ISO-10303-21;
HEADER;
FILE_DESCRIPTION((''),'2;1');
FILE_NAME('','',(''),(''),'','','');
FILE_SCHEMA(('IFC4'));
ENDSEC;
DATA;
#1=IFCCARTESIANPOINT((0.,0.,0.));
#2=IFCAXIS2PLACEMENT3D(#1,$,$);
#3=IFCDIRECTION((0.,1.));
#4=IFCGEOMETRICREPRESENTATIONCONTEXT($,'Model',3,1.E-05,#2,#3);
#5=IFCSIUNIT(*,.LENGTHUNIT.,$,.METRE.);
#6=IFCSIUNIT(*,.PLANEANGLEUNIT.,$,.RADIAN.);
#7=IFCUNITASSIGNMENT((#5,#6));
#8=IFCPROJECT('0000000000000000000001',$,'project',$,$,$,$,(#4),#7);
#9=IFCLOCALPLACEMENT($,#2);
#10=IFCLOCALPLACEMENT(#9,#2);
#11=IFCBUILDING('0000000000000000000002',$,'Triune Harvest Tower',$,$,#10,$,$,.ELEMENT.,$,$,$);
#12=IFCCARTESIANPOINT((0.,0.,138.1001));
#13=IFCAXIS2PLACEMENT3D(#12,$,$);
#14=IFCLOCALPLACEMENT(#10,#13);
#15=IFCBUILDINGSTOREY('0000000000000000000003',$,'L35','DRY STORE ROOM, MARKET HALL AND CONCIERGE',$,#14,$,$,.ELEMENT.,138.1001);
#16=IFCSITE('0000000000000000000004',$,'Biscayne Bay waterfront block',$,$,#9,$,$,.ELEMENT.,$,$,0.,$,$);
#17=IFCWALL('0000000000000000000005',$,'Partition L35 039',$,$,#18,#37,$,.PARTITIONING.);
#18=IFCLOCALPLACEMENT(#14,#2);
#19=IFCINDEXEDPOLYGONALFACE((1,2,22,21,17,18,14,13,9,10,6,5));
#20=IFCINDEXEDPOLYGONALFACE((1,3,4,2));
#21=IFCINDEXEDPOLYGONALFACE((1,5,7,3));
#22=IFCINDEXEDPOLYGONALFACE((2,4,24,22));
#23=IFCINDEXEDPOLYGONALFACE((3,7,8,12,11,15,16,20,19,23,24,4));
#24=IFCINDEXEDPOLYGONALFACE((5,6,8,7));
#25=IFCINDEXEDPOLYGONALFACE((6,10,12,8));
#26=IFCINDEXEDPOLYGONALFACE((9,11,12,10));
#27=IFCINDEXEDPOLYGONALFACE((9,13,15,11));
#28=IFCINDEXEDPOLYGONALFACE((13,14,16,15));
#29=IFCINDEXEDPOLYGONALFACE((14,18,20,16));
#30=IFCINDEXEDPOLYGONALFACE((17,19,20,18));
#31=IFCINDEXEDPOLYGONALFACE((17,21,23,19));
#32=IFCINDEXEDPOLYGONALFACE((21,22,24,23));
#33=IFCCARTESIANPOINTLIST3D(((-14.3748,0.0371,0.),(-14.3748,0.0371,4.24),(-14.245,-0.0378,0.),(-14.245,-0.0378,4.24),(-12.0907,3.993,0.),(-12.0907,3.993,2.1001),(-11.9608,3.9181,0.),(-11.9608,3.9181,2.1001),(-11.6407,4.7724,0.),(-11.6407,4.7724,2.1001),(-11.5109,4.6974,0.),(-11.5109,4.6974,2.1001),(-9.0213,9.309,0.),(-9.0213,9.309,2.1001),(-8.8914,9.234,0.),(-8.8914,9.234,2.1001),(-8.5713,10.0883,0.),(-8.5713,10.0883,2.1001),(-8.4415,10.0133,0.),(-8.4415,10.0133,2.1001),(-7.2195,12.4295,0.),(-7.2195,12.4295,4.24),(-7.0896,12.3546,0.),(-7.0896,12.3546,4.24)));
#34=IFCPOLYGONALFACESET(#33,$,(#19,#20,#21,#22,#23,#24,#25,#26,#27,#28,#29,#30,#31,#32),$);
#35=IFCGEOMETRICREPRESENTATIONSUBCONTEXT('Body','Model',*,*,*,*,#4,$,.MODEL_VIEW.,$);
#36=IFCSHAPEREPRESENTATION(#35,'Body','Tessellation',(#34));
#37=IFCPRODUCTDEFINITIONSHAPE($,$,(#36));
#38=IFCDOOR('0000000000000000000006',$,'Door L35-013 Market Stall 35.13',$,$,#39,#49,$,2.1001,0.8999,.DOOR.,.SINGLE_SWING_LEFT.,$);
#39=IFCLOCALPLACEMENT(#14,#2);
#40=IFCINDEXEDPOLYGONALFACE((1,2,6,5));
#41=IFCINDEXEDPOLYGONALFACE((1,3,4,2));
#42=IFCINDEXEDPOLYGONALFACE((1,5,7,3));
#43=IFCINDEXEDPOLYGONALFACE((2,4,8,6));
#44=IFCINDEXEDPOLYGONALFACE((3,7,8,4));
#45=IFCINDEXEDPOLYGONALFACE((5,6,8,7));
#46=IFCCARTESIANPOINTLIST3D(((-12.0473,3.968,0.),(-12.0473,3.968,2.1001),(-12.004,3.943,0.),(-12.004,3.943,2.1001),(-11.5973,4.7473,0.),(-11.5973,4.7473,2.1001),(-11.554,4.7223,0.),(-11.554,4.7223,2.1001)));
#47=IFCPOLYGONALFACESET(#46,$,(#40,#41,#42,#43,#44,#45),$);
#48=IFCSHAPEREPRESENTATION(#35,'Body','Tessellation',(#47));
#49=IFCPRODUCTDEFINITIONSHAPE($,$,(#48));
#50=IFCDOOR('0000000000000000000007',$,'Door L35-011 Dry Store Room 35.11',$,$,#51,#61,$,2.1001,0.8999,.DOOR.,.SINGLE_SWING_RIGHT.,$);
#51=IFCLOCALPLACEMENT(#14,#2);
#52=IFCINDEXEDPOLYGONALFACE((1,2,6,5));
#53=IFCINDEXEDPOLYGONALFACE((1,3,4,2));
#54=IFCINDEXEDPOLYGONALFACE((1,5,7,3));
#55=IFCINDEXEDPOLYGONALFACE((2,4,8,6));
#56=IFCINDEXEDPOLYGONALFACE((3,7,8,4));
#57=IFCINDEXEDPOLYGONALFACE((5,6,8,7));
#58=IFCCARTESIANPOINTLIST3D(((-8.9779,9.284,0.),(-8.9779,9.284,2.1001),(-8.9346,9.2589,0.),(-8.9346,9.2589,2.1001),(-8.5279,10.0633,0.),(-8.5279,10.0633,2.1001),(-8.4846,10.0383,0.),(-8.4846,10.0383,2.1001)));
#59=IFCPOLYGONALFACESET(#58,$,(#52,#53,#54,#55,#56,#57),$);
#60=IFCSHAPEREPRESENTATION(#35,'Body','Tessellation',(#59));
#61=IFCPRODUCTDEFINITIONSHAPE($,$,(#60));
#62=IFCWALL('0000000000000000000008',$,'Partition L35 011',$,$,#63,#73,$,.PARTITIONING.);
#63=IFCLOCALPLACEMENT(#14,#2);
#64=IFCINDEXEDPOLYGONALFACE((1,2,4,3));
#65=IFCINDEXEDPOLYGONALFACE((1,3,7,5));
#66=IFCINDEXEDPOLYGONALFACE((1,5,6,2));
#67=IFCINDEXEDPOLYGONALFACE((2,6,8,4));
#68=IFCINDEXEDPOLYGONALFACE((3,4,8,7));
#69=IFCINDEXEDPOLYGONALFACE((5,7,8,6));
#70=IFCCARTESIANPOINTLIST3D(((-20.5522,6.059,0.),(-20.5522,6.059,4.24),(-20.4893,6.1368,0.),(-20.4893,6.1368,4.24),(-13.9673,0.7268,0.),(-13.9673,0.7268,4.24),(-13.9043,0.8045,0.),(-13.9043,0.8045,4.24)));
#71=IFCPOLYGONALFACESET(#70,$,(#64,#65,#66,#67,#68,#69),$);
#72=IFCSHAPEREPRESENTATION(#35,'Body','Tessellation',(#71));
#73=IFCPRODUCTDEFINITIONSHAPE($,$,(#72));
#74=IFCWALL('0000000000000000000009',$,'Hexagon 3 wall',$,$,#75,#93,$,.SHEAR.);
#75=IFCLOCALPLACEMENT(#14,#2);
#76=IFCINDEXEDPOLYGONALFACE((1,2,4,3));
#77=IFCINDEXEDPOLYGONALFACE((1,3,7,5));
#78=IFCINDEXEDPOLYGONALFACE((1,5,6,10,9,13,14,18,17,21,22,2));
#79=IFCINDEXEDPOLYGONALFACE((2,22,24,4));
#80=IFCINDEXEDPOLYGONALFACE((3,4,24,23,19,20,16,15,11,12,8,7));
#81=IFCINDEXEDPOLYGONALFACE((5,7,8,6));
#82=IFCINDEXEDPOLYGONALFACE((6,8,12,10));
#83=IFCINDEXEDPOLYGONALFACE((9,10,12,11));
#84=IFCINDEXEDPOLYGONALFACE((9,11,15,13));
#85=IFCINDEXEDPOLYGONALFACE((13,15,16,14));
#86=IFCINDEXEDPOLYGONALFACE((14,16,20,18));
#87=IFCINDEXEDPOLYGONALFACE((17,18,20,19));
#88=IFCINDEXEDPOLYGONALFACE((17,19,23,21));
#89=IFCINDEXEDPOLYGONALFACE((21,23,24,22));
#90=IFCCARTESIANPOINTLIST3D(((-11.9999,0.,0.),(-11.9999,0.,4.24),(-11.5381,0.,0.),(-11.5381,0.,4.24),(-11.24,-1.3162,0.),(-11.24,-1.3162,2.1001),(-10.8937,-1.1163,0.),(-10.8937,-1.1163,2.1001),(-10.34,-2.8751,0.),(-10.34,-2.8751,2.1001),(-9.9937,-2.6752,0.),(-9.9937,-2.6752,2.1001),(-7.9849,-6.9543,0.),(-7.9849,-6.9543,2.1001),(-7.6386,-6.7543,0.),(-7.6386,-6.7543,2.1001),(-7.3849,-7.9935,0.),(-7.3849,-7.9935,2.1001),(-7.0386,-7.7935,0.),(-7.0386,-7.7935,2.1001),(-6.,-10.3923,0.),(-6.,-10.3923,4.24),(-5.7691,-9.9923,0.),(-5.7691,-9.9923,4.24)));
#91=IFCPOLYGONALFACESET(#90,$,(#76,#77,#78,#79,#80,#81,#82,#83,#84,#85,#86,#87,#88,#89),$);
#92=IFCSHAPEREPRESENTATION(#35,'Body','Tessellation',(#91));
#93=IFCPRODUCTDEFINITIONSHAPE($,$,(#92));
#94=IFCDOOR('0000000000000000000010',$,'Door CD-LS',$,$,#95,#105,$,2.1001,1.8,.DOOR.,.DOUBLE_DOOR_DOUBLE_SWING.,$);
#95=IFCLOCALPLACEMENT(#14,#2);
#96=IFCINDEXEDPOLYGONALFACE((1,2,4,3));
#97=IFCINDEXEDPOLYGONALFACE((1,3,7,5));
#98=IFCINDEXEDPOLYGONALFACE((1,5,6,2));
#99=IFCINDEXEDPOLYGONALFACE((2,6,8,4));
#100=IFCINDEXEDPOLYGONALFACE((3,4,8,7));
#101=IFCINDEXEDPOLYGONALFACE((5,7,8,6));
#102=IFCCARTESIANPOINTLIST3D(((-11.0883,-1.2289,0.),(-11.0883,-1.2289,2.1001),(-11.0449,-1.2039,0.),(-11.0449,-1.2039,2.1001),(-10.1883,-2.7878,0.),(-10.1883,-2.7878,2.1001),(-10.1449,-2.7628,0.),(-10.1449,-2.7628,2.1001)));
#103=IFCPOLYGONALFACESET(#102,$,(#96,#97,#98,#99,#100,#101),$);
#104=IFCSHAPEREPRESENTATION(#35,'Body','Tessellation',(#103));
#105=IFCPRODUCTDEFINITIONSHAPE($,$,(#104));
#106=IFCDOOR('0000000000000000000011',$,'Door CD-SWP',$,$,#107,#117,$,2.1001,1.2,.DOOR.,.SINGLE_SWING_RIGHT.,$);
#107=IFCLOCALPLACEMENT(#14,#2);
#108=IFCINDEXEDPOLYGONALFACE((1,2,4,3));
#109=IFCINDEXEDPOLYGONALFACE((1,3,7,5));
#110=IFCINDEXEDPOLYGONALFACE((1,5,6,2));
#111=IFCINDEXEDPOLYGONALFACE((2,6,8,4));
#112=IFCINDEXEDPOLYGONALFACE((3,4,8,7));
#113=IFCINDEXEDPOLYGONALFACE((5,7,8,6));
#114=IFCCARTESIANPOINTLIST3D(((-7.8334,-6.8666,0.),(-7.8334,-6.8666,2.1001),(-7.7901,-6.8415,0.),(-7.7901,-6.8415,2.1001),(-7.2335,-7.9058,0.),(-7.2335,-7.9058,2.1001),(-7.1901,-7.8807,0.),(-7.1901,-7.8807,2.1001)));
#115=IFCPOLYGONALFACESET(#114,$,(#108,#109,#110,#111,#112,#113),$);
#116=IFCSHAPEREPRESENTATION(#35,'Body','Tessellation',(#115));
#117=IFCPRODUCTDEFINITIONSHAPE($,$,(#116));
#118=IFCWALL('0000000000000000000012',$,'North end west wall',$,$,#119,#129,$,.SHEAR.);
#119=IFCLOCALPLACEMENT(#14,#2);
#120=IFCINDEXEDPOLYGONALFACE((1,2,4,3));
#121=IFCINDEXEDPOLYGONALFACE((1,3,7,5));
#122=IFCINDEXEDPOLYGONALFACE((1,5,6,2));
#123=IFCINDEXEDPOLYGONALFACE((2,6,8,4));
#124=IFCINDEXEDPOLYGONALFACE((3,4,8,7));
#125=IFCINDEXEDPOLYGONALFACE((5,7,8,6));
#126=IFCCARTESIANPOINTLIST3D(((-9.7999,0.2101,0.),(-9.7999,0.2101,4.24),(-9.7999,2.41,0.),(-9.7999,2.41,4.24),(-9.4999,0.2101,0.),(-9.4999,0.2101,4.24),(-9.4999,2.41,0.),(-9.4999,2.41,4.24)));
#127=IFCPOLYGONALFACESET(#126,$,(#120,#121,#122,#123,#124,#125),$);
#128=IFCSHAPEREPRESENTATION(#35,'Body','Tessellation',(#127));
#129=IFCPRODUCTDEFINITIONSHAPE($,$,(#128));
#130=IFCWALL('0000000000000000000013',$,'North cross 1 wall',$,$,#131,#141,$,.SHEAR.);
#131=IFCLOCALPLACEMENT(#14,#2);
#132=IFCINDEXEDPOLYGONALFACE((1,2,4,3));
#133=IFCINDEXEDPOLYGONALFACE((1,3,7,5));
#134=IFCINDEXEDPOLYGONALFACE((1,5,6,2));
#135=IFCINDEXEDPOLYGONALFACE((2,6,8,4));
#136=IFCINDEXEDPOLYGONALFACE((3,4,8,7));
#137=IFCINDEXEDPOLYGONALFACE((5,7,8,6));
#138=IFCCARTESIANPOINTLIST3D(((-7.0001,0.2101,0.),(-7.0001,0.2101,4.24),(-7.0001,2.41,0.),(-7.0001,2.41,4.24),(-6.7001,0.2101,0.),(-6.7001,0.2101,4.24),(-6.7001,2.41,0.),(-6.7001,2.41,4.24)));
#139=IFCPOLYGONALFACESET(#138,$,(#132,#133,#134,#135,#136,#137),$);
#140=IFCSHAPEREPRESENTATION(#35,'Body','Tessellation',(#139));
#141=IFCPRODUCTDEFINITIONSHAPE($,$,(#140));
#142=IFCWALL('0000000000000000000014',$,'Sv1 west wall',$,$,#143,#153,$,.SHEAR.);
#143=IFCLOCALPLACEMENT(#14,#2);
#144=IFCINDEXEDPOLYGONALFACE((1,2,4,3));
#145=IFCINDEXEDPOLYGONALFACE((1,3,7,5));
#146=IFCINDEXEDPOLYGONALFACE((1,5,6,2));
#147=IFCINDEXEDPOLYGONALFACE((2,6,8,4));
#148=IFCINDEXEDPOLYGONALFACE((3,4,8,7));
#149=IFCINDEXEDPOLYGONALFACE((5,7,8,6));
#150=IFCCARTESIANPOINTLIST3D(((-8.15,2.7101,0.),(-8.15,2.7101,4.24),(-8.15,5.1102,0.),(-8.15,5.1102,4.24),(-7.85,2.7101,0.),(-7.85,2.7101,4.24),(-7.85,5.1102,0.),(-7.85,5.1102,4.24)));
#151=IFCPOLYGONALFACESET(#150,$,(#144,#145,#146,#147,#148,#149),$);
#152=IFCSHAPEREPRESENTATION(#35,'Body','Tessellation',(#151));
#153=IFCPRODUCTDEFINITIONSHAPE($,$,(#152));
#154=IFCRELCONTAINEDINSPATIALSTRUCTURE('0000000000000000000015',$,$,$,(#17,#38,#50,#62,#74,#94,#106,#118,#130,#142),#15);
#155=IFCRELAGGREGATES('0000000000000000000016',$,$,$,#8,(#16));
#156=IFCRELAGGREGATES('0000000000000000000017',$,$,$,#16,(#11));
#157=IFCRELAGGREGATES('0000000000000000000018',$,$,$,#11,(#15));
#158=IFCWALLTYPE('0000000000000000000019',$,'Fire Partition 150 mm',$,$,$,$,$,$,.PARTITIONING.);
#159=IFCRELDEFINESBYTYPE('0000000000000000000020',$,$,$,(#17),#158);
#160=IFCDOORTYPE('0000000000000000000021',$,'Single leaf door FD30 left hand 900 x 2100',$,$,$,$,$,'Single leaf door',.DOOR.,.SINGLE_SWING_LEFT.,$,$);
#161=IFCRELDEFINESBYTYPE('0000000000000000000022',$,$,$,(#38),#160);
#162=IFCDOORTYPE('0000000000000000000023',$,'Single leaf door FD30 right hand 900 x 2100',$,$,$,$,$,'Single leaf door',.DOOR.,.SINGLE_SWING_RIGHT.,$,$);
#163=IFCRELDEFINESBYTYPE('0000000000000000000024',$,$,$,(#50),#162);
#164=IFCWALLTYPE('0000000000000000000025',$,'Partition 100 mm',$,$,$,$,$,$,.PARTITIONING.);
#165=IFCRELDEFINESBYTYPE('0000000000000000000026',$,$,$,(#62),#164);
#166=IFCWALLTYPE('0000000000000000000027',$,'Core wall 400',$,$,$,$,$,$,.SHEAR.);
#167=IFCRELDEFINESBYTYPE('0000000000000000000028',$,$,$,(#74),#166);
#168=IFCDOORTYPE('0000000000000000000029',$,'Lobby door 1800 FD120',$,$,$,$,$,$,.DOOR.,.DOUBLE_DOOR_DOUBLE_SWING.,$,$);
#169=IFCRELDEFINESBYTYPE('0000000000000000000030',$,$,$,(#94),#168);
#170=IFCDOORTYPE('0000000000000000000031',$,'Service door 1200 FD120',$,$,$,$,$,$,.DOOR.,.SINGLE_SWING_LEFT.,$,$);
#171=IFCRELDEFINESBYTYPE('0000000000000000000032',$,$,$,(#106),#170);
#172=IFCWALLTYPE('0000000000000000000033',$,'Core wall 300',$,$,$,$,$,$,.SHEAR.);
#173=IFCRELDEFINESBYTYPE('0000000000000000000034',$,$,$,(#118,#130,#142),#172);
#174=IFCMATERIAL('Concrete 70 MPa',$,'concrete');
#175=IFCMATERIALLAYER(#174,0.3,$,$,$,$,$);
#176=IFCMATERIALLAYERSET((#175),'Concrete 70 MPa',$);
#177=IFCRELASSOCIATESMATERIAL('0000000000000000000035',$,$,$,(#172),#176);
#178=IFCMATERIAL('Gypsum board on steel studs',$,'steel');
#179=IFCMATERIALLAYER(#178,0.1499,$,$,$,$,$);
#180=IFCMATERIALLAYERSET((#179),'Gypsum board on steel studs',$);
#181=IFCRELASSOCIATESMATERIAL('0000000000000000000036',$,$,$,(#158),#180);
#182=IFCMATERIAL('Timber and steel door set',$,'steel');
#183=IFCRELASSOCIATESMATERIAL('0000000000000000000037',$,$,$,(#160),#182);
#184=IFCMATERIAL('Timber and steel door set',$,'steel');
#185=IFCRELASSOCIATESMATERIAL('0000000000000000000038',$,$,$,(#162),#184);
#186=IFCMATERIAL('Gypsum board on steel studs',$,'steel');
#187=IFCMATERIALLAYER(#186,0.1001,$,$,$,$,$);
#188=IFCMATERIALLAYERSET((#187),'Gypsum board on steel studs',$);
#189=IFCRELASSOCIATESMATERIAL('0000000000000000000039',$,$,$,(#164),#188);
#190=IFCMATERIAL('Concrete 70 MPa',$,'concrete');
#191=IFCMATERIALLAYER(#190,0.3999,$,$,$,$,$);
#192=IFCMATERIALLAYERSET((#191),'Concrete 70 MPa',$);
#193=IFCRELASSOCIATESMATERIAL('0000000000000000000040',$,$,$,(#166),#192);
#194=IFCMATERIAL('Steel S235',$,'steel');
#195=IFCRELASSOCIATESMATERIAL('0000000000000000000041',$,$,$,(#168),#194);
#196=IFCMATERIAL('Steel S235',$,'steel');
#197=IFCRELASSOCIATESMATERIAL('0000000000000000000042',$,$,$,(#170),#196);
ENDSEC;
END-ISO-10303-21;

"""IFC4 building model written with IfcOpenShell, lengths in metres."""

from ifc_helpers import new_model, si_unit, direction, frame, frame_2d, origin, place, context, subcontext, project, spatial, polyline, rectangle, outline, extrude, source, transform, mapped, material, layer, layer_set, type_object, element, fill, save


model = new_model("IFC4")

# Units and contexts
model_context = context("Model", 3, precision=1e-05, world=origin(), true_north=direction((0.0, 1.0)))
body_context = subcontext(model_context, "Body", "Model", "MODEL_VIEW")
ifc_project = project(units=[si_unit("LENGTHUNIT", "METRE"), si_unit("PLANEANGLEUNIT", "RADIAN")], contexts=[model_context])

# Site, building, storey
site_placement = place(None, origin())
site = spatial("IfcSite", under=ifc_project, at=site_placement, Name="Biscayne Bay waterfront block", CompositionType="ELEMENT", RefElevation=0.0)
building_placement = place(site_placement, origin())
building = spatial("IfcBuilding", under=site, at=building_placement, Name="Triune Harvest Tower", CompositionType="ELEMENT")
storey_placement = place(building_placement, frame((0.0, 0.0, 138.1001)))
storey = spatial("IfcBuildingStorey", under=building, at=storey_placement, Name="L35", Description="DRY STORE ROOM, MARKET HALL AND CONCIERGE", CompositionType="ELEMENT", Elevation=138.1001)

# Shared definitions
ifc_material_1 = material(Name="Concrete 70 MPa", Category="concrete")
ifc_layer_1 = layer(ifc_material_1, 0.3)
ifc_layer_set_1 = layer_set([ifc_layer_1], Name="Concrete 70 MPa")
wall_type_1 = type_object("IfcWallType", Name="Core wall 300", PredefinedType="SHEAR", material=ifc_layer_set_1)

# Shared definitions
ifc_material_2 = material(Name="Gypsum board on steel studs", Category="steel")
ifc_layer_2 = layer(ifc_material_2, 0.1499)
ifc_layer_set_2 = layer_set([ifc_layer_2], Name="Gypsum board on steel studs")
wall_type_2 = type_object("IfcWallType", Name="Fire Partition 150 mm", PredefinedType="PARTITIONING", material=ifc_layer_set_2)
ifc_material_3 = material(Name="Timber and steel door set", Category="steel")
door_type_1 = type_object("IfcDoorType", Name="Single leaf door FD30 left hand 900 x 2100", ElementType="Single leaf door", OperationType="SINGLE_SWING_LEFT", PredefinedType="DOOR", material=ifc_material_3)

# Wall, openings, doors
wall_1_placement = place(storey_placement, frame((-14.3098, -0.0002, 0.0), z_axis=(0.0, 0.0, 1.0), x_axis=(0.500029, 0.866009, 0.0)))
wall_1 = element("IfcWall", 1, at=wall_1_placement, inside=storey, type_object=wall_type_2, Name="Partition L35 039", PredefinedType="PARTITIONING", context=body_context, shape_type="SweptSolid", body=[
    extrude(rectangle(XDim=14.3098, YDim=0.1499, at=frame_2d((7.1548, 0.0))), origin(), (0.0, 0.0, 1.0), 4.24),
])
opening_1_placement = place(wall_1_placement, frame((10.7063, 0.0, 0.0)))
opening_1 = element("IfcOpeningElement", 2, at=opening_1_placement, cuts=wall_1, PredefinedType="OPENING", context=body_context, shape_type="SweptSolid", body=[
    extrude(rectangle(XDim=0.8999, YDim=2.1001, at=frame_2d((0.45, 1.05))), frame((0.0, 0.085, 0.0), z_axis=(0.0, -1.0, 0.0), x_axis=(1.0, 0.0, 0.0)), (0.0, 0.0, 1.0), 0.1699),
])
opening_2_placement = place(wall_1_placement, frame((4.5679, 0.0, 0.0)))
opening_2 = element("IfcOpeningElement", 3, at=opening_2_placement, cuts=wall_1, PredefinedType="OPENING", context=body_context, shape_type="SweptSolid", body=[
    extrude(rectangle(XDim=0.8999, YDim=2.1001, at=frame_2d((0.45, 1.05))), frame((0.0, 0.085, 0.0), z_axis=(0.0, -1.0, 0.0), x_axis=(1.0, 0.0, 0.0)), (0.0, 0.0, 1.0), 0.1699),
])
door_1_placement = place(opening_2_placement, origin())
door_1 = element("IfcDoor", 4, at=door_1_placement, inside=storey, type_object=door_type_1, Name="Door L35-013 Market Stall 35.13", OperationType="SINGLE_SWING_LEFT", OverallHeight=2.1001, OverallWidth=0.8999, PredefinedType="DOOR", context=body_context, shape_type="SweptSolid", body=[
    extrude(rectangle(XDim=0.8999, YDim=2.1001, at=frame_2d((0.45, 1.05))), frame((0.0, 0.0249, 0.0), z_axis=(0.0, -1.0, 0.0), x_axis=(1.0, 0.0, 0.0)), (0.0, 0.0, 1.0), 0.05),
])
fill(opening_2, door_1)
ifc_material_4 = material(Name="Timber and steel door set", Category="steel")
door_type_2 = type_object("IfcDoorType", Name="Single leaf door FD30 right hand 900 x 2100", ElementType="Single leaf door", OperationType="SINGLE_SWING_RIGHT", PredefinedType="DOOR", material=ifc_material_4)
door_2_placement = place(opening_1_placement, origin())
door_2 = element("IfcDoor", 5, at=door_2_placement, inside=storey, type_object=door_type_2, Name="Door L35-011 Dry Store Room 35.11", OperationType="SINGLE_SWING_RIGHT", OverallHeight=2.1001, OverallWidth=0.8999, PredefinedType="DOOR", context=body_context, shape_type="SweptSolid", body=[
    extrude(rectangle(XDim=0.8999, YDim=2.1001, at=frame_2d((0.45, 1.05))), frame((0.0, 0.0249, 0.0), z_axis=(0.0, -1.0, 0.0), x_axis=(1.0, 0.0, 0.0)), (0.0, 0.0, 1.0), 0.05),
])
fill(opening_1, door_2)

# Wall
ifc_material_5 = material(Name="Gypsum board on steel studs", Category="steel")
ifc_layer_3 = layer(ifc_material_5, 0.1001)
ifc_layer_set_3 = layer_set([ifc_layer_3], Name="Gypsum board on steel studs")
wall_type_3 = type_object("IfcWallType", Name="Partition 100 mm", PredefinedType="PARTITIONING", material=ifc_layer_set_3)
wall_2_placement = place(storey_placement, frame((-20.5208, 6.0979, 0.0), z_axis=(0.0, 0.0, 1.0), x_axis=(0.777153, -0.629312, 0.0)))
element("IfcWall", 6, at=wall_2_placement, inside=storey, type_object=wall_type_3, Name="Partition L35 011", PredefinedType="PARTITIONING", context=body_context, shape_type="SweptSolid", body=[
    extrude(rectangle(XDim=8.4731, YDim=0.1001, at=frame_2d((4.2366, 0.0))), origin(), (0.0, 0.0, 1.0), 4.24),
])

# Wall, openings, doors
ifc_material_6 = material(Name="Concrete 70 MPa", Category="concrete")
ifc_layer_4 = layer(ifc_material_6, 0.3999)
ifc_layer_set_4 = layer_set([ifc_layer_4], Name="Concrete 70 MPa")
wall_type_4 = type_object("IfcWallType", Name="Core wall 400", PredefinedType="SHEAR", material=ifc_layer_set_4)
shared_shape_1 = source(origin(), body_context, "Body", "SweptSolid", [
    extrude(outline(polyline([(-0.1155, -0.2), (11.8845, -0.2), (11.6536, 0.2), (0.1155, 0.2), (-0.1155, -0.2)])), origin(), (0.0, 0.0, 1.0), 4.24),
])
wall_3_placement = place(storey_placement, frame((-11.769, 0.0, 0.0), z_axis=(0.0, 0.0, 1.0), x_axis=(0.499997, -0.866027, 0.0)))
wall_3 = element("IfcWall", 7, at=wall_3_placement, inside=storey, type_object=wall_type_4, Name="Hexagon 3 wall", PredefinedType="SHEAR", context=body_context, shape_type="MappedRepresentation", body=[
    mapped(shared_shape_1, transform((0.0, 0.0, 0.0), scale=1.0)),
])
opening_3_placement = place(wall_3_placement, frame((1.4045, 0.0, 0.0)))
opening_3 = element("IfcOpeningElement", 8, at=opening_3_placement, cuts=wall_3, PredefinedType="OPENING", context=body_context, shape_type="SweptSolid", body=[
    extrude(rectangle(XDim=1.8, YDim=2.1001, at=frame_2d((0.8999, 1.05))), frame((0.0, 0.21, 0.0), z_axis=(0.0, -1.0, 0.0), x_axis=(1.0, 0.0, 0.0)), (0.0, 0.0, 1.0), 0.4199),
])
opening_4_placement = place(wall_3_placement, frame((7.9146, 0.0, 0.0)))
opening_4 = element("IfcOpeningElement", 9, at=opening_4_placement, cuts=wall_3, PredefinedType="OPENING", context=body_context, shape_type="SweptSolid", body=[
    extrude(rectangle(XDim=1.2, YDim=2.1001, at=frame_2d((0.6001, 1.05))), frame((0.0, 0.21, 0.0), z_axis=(0.0, -1.0, 0.0), x_axis=(1.0, 0.0, 0.0)), (0.0, 0.0, 1.0), 0.4199),
])
ifc_material_7 = material(Name="Steel S235", Category="steel")
door_type_3 = type_object("IfcDoorType", Name="Lobby door 1800 FD120", OperationType="DOUBLE_DOOR_DOUBLE_SWING", PredefinedType="DOOR", material=ifc_material_7)
door_3_placement = place(opening_3_placement, frame((1.8, 0.0, 0.0), z_axis=(0.0, 0.0, 1.0), x_axis=(-1.0, 0.0, 0.0)))
door_3 = element("IfcDoor", 10, at=door_3_placement, inside=storey, type_object=door_type_3, Name="Door CD-LS", OperationType="DOUBLE_DOOR_DOUBLE_SWING", OverallHeight=2.1001, OverallWidth=1.8, PredefinedType="DOOR", context=body_context, shape_type="SweptSolid", body=[
    extrude(rectangle(XDim=1.8, YDim=2.1001, at=frame_2d((0.8999, 1.05))), frame((0.0, 0.0249, 0.0), z_axis=(0.0, -1.0, 0.0), x_axis=(1.0, 0.0, 0.0)), (0.0, 0.0, 1.0), 0.05),
])
fill(opening_3, door_3)
ifc_material_8 = material(Name="Steel S235", Category="steel")
door_type_4 = type_object("IfcDoorType", Name="Service door 1200 FD120", OperationType="SINGLE_SWING_LEFT", PredefinedType="DOOR", material=ifc_material_8)
door_4_placement = place(opening_4_placement, frame((1.2, 0.0, 0.0), z_axis=(0.0, 0.0, 1.0), x_axis=(-1.0, 0.0, 0.0)))
door_4 = element("IfcDoor", 11, at=door_4_placement, inside=storey, type_object=door_type_4, Name="Door CD-SWP", OperationType="SINGLE_SWING_RIGHT", OverallHeight=2.1001, OverallWidth=1.2, PredefinedType="DOOR", context=body_context, shape_type="SweptSolid", body=[
    extrude(rectangle(XDim=1.2, YDim=2.1001, at=frame_2d((0.6001, 1.05))), frame((0.0, 0.0249, 0.0), z_axis=(0.0, -1.0, 0.0), x_axis=(1.0, 0.0, 0.0)), (0.0, 0.0, 1.0), 0.05),
])
fill(opening_4, door_4)

# Walls
shared_shape_2 = source(origin(), body_context, "Body", "SweptSolid", [
    extrude(rectangle(XDim=2.2, YDim=0.3, at=frame_2d((1.1001, 0.0))), origin(), (0.0, 0.0, 1.0), 4.24),
])
for number, where, z_axis, x_axis, name in (
    (12, (-9.6499, 0.21, 0.0), (0.0, 0.0, 1.0), (0.0, 1.0, 0.0), "North end west wall"),
    (13, (-6.8501, 0.21, 0.0), (0.0, 0.0, 1.0), (0.0, 1.0, 0.0), "North cross 1 wall"),
):
    element("IfcWall", number, at=place(storey_placement, frame(where, z_axis=z_axis, x_axis=x_axis)), inside=storey, type_object=wall_type_1, Name=name, PredefinedType="SHEAR", context=body_context, shape_type="MappedRepresentation", body=[
        mapped(shared_shape_2, transform((0.0, 0.0, 0.0), scale=1.0)),
    ])
shared_shape_3 = source(origin(), body_context, "Body", "SweptSolid", [
    extrude(rectangle(XDim=2.4001, YDim=0.3, at=frame_2d((1.2002, 0.0))), origin(), (0.0, 0.0, 1.0), 4.24),
])
wall_4_placement = place(storey_placement, frame((-8.0, 2.71, 0.0), z_axis=(0.0, 0.0, 1.0), x_axis=(0.0, 1.0, 0.0)))
element("IfcWall", 14, at=wall_4_placement, inside=storey, type_object=wall_type_1, Name="Sv1 west wall", PredefinedType="SHEAR", context=body_context, shape_type="MappedRepresentation", body=[
    mapped(shared_shape_3, transform((0.0, 0.0, 0.0), scale=1.0)),
])

save(model, "model.ifc")
